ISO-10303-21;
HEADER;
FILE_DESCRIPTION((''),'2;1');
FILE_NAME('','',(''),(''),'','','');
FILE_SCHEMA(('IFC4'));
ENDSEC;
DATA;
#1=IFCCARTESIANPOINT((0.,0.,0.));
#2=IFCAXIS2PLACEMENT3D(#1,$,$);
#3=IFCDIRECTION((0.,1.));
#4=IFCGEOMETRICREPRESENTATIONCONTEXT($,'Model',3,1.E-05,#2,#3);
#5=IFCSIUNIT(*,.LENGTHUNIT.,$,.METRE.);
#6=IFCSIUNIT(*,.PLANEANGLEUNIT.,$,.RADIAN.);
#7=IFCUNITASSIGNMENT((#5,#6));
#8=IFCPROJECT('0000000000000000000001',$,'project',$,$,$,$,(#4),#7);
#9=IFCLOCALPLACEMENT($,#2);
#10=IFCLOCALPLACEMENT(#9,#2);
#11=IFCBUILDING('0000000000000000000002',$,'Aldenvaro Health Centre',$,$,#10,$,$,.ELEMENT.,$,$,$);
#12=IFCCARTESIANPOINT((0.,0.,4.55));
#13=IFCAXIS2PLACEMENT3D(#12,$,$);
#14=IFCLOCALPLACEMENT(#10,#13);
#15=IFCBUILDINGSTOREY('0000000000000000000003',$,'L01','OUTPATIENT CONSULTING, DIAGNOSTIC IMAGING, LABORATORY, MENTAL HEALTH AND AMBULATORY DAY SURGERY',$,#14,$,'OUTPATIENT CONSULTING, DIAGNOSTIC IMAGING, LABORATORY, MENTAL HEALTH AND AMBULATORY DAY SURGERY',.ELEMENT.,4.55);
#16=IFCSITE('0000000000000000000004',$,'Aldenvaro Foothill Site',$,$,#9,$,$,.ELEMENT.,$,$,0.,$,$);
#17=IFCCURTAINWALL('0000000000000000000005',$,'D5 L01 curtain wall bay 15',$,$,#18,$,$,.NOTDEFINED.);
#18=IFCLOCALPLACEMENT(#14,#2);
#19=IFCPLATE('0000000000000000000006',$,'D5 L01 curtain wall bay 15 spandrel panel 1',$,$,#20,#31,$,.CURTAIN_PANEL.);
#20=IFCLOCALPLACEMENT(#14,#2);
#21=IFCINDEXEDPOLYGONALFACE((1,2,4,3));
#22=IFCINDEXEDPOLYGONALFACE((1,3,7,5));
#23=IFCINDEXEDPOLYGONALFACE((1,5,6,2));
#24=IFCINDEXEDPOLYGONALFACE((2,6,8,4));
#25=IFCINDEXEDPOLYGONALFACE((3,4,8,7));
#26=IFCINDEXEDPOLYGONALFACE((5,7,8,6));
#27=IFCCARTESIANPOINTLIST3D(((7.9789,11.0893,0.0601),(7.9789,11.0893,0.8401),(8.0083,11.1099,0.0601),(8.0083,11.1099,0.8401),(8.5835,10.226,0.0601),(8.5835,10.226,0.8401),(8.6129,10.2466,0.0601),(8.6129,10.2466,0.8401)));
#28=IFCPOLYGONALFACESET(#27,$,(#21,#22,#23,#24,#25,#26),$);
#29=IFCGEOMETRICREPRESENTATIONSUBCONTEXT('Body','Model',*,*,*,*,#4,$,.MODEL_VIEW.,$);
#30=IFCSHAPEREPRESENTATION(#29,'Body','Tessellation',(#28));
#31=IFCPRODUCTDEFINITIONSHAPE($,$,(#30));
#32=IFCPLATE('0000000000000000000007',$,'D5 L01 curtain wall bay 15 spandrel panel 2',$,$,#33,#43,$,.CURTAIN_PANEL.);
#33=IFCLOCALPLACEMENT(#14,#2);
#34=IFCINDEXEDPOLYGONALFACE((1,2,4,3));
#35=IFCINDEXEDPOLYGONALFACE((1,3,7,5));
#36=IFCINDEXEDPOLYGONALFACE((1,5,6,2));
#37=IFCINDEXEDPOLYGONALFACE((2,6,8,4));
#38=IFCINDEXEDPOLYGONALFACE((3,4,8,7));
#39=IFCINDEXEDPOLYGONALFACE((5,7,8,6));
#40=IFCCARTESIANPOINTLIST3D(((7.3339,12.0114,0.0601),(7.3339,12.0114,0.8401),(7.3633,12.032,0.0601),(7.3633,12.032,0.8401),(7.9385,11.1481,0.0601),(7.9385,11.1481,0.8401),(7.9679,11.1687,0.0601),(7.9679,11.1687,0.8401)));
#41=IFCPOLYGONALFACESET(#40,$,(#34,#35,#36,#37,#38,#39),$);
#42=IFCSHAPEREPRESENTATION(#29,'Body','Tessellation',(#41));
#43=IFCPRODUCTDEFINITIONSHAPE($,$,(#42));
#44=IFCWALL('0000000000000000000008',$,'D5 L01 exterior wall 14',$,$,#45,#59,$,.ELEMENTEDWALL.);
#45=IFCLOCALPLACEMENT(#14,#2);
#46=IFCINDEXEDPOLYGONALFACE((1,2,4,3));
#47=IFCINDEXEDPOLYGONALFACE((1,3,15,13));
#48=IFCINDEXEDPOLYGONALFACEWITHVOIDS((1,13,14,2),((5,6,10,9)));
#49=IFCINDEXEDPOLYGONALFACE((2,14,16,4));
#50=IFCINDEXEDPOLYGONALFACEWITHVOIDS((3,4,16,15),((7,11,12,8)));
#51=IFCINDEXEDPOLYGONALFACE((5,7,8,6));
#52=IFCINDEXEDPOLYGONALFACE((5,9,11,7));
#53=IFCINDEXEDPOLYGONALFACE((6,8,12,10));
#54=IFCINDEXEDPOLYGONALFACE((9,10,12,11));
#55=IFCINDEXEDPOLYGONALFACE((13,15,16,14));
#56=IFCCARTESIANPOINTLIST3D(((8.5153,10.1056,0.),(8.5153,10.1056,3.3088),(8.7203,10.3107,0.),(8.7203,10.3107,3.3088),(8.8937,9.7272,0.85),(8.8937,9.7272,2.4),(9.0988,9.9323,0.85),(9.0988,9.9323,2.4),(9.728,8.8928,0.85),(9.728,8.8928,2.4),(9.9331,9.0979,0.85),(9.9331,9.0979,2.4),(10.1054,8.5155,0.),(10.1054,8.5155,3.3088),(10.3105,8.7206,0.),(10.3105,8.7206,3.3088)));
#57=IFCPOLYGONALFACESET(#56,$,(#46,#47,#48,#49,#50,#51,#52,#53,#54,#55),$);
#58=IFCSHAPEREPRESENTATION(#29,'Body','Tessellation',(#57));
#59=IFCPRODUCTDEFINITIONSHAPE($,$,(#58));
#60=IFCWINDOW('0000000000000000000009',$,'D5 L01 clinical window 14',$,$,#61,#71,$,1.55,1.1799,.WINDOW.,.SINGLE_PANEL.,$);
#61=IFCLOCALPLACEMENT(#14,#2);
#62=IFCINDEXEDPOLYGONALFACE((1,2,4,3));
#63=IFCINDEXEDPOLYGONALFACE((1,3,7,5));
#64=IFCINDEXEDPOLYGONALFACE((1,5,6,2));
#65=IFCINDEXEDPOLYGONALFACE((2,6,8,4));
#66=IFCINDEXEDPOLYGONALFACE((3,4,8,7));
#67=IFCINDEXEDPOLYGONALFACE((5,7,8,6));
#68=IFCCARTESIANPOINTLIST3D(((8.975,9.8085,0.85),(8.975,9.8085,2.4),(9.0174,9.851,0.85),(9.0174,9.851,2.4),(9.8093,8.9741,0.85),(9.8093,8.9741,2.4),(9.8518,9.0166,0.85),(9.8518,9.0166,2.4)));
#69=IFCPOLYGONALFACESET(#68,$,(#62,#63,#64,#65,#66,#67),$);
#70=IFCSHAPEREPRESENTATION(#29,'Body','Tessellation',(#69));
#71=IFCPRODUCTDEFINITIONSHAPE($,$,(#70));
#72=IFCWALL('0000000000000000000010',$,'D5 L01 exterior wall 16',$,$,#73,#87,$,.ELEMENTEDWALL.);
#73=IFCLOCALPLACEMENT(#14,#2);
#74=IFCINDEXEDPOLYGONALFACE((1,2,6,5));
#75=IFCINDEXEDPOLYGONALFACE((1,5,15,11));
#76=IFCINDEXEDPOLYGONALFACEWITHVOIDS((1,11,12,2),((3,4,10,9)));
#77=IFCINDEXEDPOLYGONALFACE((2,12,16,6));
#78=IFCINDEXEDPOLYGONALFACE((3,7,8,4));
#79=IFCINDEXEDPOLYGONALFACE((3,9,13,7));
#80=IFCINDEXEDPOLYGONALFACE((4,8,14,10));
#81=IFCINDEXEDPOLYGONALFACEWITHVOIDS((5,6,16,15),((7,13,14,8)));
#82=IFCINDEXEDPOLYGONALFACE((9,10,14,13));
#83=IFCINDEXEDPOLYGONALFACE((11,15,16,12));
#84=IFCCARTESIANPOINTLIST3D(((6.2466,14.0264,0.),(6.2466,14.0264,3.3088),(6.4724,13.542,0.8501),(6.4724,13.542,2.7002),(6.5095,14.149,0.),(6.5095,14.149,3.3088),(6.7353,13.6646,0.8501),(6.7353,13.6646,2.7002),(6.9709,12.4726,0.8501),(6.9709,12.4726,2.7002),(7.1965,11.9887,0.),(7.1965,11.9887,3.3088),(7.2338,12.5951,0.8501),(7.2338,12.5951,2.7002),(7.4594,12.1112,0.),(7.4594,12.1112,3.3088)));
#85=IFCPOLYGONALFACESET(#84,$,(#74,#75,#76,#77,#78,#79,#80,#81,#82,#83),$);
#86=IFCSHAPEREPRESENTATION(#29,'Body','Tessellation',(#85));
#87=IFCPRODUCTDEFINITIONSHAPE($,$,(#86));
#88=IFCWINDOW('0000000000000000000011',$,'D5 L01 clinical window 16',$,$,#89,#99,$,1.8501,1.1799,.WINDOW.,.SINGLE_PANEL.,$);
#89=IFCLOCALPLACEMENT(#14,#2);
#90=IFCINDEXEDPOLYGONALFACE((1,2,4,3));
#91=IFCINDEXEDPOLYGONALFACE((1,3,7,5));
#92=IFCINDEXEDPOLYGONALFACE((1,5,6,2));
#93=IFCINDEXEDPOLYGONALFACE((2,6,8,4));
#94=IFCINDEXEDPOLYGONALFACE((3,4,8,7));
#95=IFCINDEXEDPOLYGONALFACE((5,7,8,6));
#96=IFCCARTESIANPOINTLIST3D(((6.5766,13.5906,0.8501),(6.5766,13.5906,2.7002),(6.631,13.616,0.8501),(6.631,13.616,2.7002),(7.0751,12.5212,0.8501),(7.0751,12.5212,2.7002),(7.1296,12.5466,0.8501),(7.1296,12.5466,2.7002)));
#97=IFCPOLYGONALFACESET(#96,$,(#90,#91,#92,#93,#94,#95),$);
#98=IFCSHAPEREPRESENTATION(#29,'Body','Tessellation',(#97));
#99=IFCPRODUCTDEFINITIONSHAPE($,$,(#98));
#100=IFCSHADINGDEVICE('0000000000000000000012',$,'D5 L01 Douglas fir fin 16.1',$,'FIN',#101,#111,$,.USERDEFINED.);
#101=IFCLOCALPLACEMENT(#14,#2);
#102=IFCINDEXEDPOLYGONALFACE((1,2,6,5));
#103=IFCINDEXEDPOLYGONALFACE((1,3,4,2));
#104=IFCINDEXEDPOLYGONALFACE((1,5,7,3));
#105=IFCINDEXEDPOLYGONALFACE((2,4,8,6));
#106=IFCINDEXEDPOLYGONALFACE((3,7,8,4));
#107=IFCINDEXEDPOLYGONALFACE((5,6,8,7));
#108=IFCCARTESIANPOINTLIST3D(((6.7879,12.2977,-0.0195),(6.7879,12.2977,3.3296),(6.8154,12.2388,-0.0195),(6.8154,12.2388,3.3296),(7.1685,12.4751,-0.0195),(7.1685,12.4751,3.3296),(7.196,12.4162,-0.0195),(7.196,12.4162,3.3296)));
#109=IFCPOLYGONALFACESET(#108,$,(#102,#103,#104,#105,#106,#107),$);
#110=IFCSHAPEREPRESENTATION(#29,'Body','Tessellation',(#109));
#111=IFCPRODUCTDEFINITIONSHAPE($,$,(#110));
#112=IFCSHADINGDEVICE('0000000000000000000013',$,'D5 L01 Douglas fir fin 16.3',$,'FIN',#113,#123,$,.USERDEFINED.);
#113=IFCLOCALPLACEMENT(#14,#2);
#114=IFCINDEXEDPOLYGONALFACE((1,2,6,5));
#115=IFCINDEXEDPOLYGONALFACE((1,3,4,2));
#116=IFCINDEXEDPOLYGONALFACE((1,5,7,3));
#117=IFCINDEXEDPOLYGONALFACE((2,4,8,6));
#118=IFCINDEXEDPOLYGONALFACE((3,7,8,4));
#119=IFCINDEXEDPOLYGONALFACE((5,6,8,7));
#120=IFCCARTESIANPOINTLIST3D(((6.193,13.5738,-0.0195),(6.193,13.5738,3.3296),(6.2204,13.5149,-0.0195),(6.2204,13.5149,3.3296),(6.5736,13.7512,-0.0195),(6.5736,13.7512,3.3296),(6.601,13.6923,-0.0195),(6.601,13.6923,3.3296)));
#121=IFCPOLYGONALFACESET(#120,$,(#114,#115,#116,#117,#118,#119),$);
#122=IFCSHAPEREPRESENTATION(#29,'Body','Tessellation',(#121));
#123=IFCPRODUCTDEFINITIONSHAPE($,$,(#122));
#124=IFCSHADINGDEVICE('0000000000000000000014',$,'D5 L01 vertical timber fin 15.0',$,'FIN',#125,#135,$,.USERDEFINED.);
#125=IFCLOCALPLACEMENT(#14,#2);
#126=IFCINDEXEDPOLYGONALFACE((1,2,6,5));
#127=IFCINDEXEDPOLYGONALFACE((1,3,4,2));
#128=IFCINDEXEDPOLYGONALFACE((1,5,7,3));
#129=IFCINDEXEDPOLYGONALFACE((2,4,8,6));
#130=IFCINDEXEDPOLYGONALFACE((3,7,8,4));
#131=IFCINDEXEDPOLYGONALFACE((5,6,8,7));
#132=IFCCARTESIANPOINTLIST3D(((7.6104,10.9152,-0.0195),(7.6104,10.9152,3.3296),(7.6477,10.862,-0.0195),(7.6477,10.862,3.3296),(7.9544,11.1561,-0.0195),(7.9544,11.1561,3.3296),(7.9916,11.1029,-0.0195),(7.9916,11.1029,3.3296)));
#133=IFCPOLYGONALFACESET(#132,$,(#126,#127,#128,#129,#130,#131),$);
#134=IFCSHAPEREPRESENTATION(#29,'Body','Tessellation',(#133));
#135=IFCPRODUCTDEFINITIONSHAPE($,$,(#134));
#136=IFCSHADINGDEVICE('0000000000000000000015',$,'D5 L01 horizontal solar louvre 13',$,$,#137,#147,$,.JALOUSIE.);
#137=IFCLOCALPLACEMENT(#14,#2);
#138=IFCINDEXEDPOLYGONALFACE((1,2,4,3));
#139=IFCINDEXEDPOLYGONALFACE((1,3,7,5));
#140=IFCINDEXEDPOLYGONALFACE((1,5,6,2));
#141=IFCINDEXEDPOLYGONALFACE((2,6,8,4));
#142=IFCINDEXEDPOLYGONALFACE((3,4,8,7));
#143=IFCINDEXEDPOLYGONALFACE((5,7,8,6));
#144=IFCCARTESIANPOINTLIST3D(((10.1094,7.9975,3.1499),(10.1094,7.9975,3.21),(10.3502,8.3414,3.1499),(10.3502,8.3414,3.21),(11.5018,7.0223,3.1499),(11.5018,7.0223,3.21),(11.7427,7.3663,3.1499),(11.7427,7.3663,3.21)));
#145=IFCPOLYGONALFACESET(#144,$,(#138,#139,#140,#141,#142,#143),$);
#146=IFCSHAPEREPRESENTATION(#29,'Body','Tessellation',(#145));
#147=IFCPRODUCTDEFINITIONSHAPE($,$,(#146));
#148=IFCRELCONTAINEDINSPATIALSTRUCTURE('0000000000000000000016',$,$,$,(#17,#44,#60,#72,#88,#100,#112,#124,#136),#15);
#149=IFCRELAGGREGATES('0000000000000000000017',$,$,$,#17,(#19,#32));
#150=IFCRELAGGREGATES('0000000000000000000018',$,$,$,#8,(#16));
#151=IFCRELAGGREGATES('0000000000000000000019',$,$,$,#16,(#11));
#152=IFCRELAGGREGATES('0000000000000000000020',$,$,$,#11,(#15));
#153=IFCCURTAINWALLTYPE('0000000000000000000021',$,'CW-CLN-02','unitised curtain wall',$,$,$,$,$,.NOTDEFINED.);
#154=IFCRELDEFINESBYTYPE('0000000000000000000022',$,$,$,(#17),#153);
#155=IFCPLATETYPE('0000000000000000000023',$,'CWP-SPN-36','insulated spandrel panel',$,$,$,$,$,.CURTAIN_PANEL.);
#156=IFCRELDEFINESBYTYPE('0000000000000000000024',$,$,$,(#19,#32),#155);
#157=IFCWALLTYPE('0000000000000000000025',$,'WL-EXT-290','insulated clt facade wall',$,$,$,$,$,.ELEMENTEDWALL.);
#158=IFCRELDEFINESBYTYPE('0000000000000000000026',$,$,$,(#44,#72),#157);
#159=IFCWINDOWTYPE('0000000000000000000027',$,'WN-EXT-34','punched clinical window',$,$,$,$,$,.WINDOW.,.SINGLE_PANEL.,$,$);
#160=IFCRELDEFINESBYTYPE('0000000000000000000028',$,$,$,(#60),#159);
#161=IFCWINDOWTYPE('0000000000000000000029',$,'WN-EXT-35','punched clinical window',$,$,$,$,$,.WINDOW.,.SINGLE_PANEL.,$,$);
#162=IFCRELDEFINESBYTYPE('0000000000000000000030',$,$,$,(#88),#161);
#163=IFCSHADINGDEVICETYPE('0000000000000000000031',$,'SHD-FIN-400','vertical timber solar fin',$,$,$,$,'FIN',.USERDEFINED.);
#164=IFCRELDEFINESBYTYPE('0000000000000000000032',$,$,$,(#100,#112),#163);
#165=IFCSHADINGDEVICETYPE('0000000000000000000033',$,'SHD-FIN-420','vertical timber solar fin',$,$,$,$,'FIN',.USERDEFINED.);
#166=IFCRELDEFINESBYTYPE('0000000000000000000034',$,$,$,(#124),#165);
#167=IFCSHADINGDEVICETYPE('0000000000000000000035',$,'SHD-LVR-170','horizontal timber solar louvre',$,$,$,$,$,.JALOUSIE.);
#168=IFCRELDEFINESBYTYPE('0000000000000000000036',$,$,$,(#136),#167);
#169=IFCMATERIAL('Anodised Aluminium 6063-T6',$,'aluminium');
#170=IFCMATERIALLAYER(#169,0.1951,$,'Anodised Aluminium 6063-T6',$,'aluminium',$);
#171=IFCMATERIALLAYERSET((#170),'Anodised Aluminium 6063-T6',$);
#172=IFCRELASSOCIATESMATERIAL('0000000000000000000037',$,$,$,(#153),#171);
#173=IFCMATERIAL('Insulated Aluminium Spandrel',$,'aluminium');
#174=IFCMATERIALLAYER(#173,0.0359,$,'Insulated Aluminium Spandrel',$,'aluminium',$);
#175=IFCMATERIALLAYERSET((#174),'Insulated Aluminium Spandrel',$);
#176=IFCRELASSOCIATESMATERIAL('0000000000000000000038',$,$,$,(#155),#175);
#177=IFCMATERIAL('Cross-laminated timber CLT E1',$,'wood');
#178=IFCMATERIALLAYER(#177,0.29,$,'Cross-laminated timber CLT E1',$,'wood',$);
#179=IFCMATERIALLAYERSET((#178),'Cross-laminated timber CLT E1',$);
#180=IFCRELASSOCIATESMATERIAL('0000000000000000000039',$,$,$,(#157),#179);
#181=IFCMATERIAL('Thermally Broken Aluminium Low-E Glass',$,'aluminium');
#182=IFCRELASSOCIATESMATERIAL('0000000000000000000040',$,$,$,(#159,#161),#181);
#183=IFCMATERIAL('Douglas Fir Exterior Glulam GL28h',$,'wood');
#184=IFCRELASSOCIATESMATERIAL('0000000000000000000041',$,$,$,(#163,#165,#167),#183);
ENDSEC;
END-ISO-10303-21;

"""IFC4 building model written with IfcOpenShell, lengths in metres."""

from ifc_helpers import new_model, si_unit, direction, frame, frame_2d, origin, origin_2d, place, context, subcontext, project, spatial, rectangle, extrude, material, layer, layer_set, type_object, element, fill, aggregate, save


model = new_model("IFC4")

# Units and contexts
model_context = context("Model", 3, precision=1e-05, world=origin(), true_north=direction((0.0, 1.0)))
body_context = subcontext(model_context, "Body", "Model", "MODEL_VIEW")
ifc_project = project(units=[si_unit("LENGTHUNIT", "METRE"), si_unit("PLANEANGLEUNIT", "RADIAN")], contexts=[model_context])

# Site, building, storey
site_placement = place(None, origin())
site = spatial("IfcSite", under=ifc_project, at=site_placement, Name="Aldenvaro Foothill Site", CompositionType="ELEMENT", RefElevation=0.0)
building_placement = place(site_placement, origin())
building = spatial("IfcBuilding", under=site, at=building_placement, Name="Aldenvaro Health Centre", CompositionType="ELEMENT")
storey_placement = place(building_placement, frame((0.0, 0.0, 4.55)))
storey = spatial("IfcBuildingStorey", under=building, at=storey_placement, Name="L01", Description="OUTPATIENT CONSULTING, DIAGNOSTIC IMAGING, LABORATORY, MENTAL HEALTH AND AMBULATORY DAY SURGERY", LongName="OUTPATIENT CONSULTING, DIAGNOSTIC IMAGING, LABORATORY, MENTAL HEALTH AND AMBULATORY DAY SURGERY", CompositionType="ELEMENT", Elevation=4.55)

# Curtain wall
ifc_material_1 = material(Name="Anodised Aluminium 6063-T6", Category="aluminium")
ifc_layer_1 = layer(ifc_material_1, 0.1951, Name="Anodised Aluminium 6063-T6", Category="aluminium")
ifc_layer_set_1 = layer_set([ifc_layer_1], Name="Anodised Aluminium 6063-T6")
curtain_wall_type = type_object("IfcCurtainWallType", Name="CW-CLN-02", Description="unitised curtain wall", PredefinedType="NOTDEFINED", material=ifc_layer_set_1)
curtain_wall_placement = place(storey_placement, origin())
curtain_wall = element("IfcCurtainWall", 1, at=curtain_wall_placement, inside=storey, type_object=curtain_wall_type, Name="D5 L01 curtain wall bay 15", PredefinedType="NOTDEFINED")

# Plates
ifc_material_2 = material(Name="Insulated Aluminium Spandrel", Category="aluminium")
ifc_layer_2 = layer(ifc_material_2, 0.0359, Name="Insulated Aluminium Spandrel", Category="aluminium")
ifc_layer_set_2 = layer_set([ifc_layer_2], Name="Insulated Aluminium Spandrel")
plate_type_1 = type_object("IfcPlateType", Name="CWP-SPN-36", Description="insulated spandrel panel", PredefinedType="CURTAIN_PANEL", material=ifc_layer_set_2)
plate_1_placement = place(storey_placement, frame((8.2959, 10.668, 0.0601), z_axis=(0.0, 0.0, 1.0), x_axis=(-0.573641, 0.819107, 0.0)))
plate_1 = element("IfcPlate", 2, at=plate_1_placement, type_object=plate_type_1, Name="D5 L01 curtain wall bay 15 spandrel panel 1", PredefinedType="CURTAIN_PANEL", context=body_context, shape_type="SweptSolid", body=[
    extrude(rectangle(XDim=1.054, YDim=0.0359, at=origin_2d()), origin(), (0.0, 0.0, 1.0), 0.78),
])
plate_2_placement = place(storey_placement, frame((7.6509, 11.5901, 0.0601), z_axis=(0.0, 0.0, 1.0), x_axis=(-0.573641, 0.819107, 0.0)))
plate_2 = element("IfcPlate", 3, at=plate_2_placement, type_object=plate_type_1, Name="D5 L01 curtain wall bay 15 spandrel panel 2", PredefinedType="CURTAIN_PANEL", context=body_context, shape_type="SweptSolid", body=[
    extrude(rectangle(XDim=1.054, YDim=0.0359, at=origin_2d()), origin(), (0.0, 0.0, 1.0), 0.78),
])
aggregate(curtain_wall, [plate_1, plate_2])

# Walls, openings, windows
ifc_material_3 = material(Name="Cross-laminated timber CLT E1", Category="wood")
ifc_layer_3 = layer(ifc_material_3, 0.29, Name="Cross-laminated timber CLT E1", Category="wood")
ifc_layer_set_3 = layer_set([ifc_layer_3], Name="Cross-laminated timber CLT E1")
wall_type = type_object("IfcWallType", Name="WL-EXT-290", Description="insulated clt facade wall", PredefinedType="ELEMENTEDWALL", material=ifc_layer_set_3)
wall_1_placement = place(storey_placement, frame((10.208, 8.6179, 0.0), z_axis=(0.0, 0.0, 1.0), x_axis=(-0.707107, 0.707107, 0.0)))
wall_1 = element("IfcWall", 4, at=wall_1_placement, inside=storey, type_object=wall_type, Name="D5 L01 exterior wall 14", PredefinedType="ELEMENTEDWALL", context=body_context, shape_type="SweptSolid", body=[
    extrude(rectangle(XDim=2.2488, YDim=0.29, at=frame_2d((1.1245, 0.0))), origin(), (0.0, 0.0, 1.0), 3.3088),
])
opening_1_placement = place(wall_1_placement, frame((0.5339, 0.0, 0.8501)))
opening_1 = element("IfcOpeningElement", 5, at=opening_1_placement, cuts=wall_1, PredefinedType="OPENING", context=body_context, shape_type="SweptSolid", body=[
    extrude(rectangle(XDim=1.1799, YDim=1.55, at=frame_2d((0.5898, 0.7749))), frame((0.0, 0.155, 0.0), z_axis=(0.0, -1.0, 0.0), x_axis=(1.0, 0.0, 0.0)), (0.0, 0.0, 1.0), 0.3101),
])
ifc_material_4 = material(Name="Thermally Broken Aluminium Low-E Glass", Category="aluminium")
window_type_1 = type_object("IfcWindowType", Name="WN-EXT-34", Description="punched clinical window", PartitioningType="SINGLE_PANEL", PredefinedType="WINDOW", material=ifc_material_4)
window_1_placement = place(opening_1_placement, origin())
window_1 = element("IfcWindow", 6, at=window_1_placement, inside=storey, type_object=window_type_1, Name="D5 L01 clinical window 14", OverallHeight=1.55, OverallWidth=1.1799, PartitioningType="SINGLE_PANEL", PredefinedType="WINDOW", context=body_context, shape_type="SweptSolid", body=[
    extrude(rectangle(XDim=1.1799, YDim=1.55, at=frame_2d((0.5898, 0.7749))), frame((0.0, 0.03, 0.0), z_axis=(0.0, -1.0, 0.0), x_axis=(1.0, 0.0, 0.0)), (0.0, 0.0, 1.0), 0.0601),
])
fill(opening_1, window_1)
wall_2_placement = place(storey_placement, frame((7.3279, 12.05, 0.0), z_axis=(0.0, 0.0, 1.0), x_axis=(-0.422505, 0.906361, 0.0)))
wall_2 = element("IfcWall", 7, at=wall_2_placement, inside=storey, type_object=wall_type, Name="D5 L01 exterior wall 16", PredefinedType="ELEMENTEDWALL", context=body_context, shape_type="SweptSolid", body=[
    extrude(rectangle(XDim=2.2483, YDim=0.29, at=frame_2d((1.124, 0.0))), origin(), (0.0, 0.0, 1.0), 3.3088),
])
opening_2_placement = place(wall_2_placement, frame((0.5339, 0.0, 0.8501)))
opening_2 = element("IfcOpeningElement", 8, at=opening_2_placement, cuts=wall_2, PredefinedType="OPENING", context=body_context, shape_type="SweptSolid", body=[
    extrude(rectangle(XDim=1.1799, YDim=1.8501, at=frame_2d((0.5898, 0.925))), frame((0.0, 0.155, 0.0), z_axis=(0.0, -1.0, 0.0), x_axis=(1.0, 0.0, 0.0)), (0.0, 0.0, 1.0), 0.3101),
])
window_type_2 = type_object("IfcWindowType", Name="WN-EXT-35", Description="punched clinical window", PartitioningType="SINGLE_PANEL", PredefinedType="WINDOW", material=ifc_material_4)
window_2_placement = place(opening_2_placement, origin())
window_2 = element("IfcWindow", 9, at=window_2_placement, inside=storey, type_object=window_type_2, Name="D5 L01 clinical window 16", OverallHeight=1.8501, OverallWidth=1.1799, PartitioningType="SINGLE_PANEL", PredefinedType="WINDOW", context=body_context, shape_type="SweptSolid", body=[
    extrude(rectangle(XDim=1.1799, YDim=1.8501, at=frame_2d((0.5898, 0.925))), frame((0.0, 0.03, 0.0), z_axis=(0.0, -1.0, 0.0), x_axis=(1.0, 0.0, 0.0)), (0.0, 0.0, 1.0), 0.0601),
])
fill(opening_2, window_2)

# Shading devices
ifc_material_5 = material(Name="Douglas Fir Exterior Glulam GL28h", Category="wood")
shading_device_type_1 = type_object("IfcShadingDeviceType", Name="SHD-FIN-400", Description="vertical timber solar fin", ElementType="FIN", PredefinedType="USERDEFINED", material=ifc_material_5)
for number, where, z_axis, x_axis, name in (
    (10, (6.9919, 12.3569, -0.0195), (0.0, 0.0, 1.0), (-0.422496, 0.906365, 0.0), "D5 L01 Douglas fir fin 16.1"),
    (11, (6.397, 13.6331, -0.0195), (0.0, 0.0, 1.0), (-0.422496, 0.906365, 0.0), "D5 L01 Douglas fir fin 16.3"),
):
    element("IfcShadingDevice", number, at=place(storey_placement, frame(where, z_axis=z_axis, x_axis=x_axis)), inside=storey, type_object=shading_device_type_1, Name=name, ObjectType="FIN", PredefinedType="USERDEFINED", context=body_context, shape_type="SweptSolid", body=[
        extrude(rectangle(XDim=0.0649, YDim=0.4199, at=origin_2d()), origin(), (0.0, 0.0, 1.0), 3.3491),
    ])
shading_device_type_2 = type_object("IfcShadingDeviceType", Name="SHD-FIN-420", Description="vertical timber solar fin", ElementType="FIN", PredefinedType="USERDEFINED", material=ifc_material_5)
shading_device_1_placement = place(storey_placement, frame((7.801, 11.009, -0.0195), z_axis=(0.0, 0.0, 1.0), x_axis=(-0.573641, 0.819107, 0.0)))
element("IfcShadingDevice", 12, at=shading_device_1_placement, inside=storey, type_object=shading_device_type_2, Name="D5 L01 vertical timber fin 15.0", ObjectType="FIN", PredefinedType="USERDEFINED", context=body_context, shape_type="SweptSolid", body=[
    extrude(rectangle(XDim=0.0649, YDim=0.4199, at=origin_2d()), origin(), (0.0, 0.0, 1.0), 3.3491),
])
shading_device_type_3 = type_object("IfcShadingDeviceType", Name="SHD-LVR-170", Description="horizontal timber solar louvre", PredefinedType="JALOUSIE", material=ifc_material_5)
shading_device_2_placement = place(storey_placement, frame((10.926, 7.6819, 3.1499), z_axis=(0.0, 0.0, 1.0), x_axis=(-0.819107, 0.573641, 0.0)))
element("IfcShadingDevice", 13, at=shading_device_2_placement, inside=storey, type_object=shading_device_type_3, Name="D5 L01 horizontal solar louvre 13", PredefinedType="JALOUSIE", context=body_context, shape_type="SweptSolid", body=[
    extrude(rectangle(XDim=1.7, YDim=0.4199, at=origin_2d()), origin(), (0.0, 0.0, 1.0), 0.0601),
])

save(model, "model.ifc")
